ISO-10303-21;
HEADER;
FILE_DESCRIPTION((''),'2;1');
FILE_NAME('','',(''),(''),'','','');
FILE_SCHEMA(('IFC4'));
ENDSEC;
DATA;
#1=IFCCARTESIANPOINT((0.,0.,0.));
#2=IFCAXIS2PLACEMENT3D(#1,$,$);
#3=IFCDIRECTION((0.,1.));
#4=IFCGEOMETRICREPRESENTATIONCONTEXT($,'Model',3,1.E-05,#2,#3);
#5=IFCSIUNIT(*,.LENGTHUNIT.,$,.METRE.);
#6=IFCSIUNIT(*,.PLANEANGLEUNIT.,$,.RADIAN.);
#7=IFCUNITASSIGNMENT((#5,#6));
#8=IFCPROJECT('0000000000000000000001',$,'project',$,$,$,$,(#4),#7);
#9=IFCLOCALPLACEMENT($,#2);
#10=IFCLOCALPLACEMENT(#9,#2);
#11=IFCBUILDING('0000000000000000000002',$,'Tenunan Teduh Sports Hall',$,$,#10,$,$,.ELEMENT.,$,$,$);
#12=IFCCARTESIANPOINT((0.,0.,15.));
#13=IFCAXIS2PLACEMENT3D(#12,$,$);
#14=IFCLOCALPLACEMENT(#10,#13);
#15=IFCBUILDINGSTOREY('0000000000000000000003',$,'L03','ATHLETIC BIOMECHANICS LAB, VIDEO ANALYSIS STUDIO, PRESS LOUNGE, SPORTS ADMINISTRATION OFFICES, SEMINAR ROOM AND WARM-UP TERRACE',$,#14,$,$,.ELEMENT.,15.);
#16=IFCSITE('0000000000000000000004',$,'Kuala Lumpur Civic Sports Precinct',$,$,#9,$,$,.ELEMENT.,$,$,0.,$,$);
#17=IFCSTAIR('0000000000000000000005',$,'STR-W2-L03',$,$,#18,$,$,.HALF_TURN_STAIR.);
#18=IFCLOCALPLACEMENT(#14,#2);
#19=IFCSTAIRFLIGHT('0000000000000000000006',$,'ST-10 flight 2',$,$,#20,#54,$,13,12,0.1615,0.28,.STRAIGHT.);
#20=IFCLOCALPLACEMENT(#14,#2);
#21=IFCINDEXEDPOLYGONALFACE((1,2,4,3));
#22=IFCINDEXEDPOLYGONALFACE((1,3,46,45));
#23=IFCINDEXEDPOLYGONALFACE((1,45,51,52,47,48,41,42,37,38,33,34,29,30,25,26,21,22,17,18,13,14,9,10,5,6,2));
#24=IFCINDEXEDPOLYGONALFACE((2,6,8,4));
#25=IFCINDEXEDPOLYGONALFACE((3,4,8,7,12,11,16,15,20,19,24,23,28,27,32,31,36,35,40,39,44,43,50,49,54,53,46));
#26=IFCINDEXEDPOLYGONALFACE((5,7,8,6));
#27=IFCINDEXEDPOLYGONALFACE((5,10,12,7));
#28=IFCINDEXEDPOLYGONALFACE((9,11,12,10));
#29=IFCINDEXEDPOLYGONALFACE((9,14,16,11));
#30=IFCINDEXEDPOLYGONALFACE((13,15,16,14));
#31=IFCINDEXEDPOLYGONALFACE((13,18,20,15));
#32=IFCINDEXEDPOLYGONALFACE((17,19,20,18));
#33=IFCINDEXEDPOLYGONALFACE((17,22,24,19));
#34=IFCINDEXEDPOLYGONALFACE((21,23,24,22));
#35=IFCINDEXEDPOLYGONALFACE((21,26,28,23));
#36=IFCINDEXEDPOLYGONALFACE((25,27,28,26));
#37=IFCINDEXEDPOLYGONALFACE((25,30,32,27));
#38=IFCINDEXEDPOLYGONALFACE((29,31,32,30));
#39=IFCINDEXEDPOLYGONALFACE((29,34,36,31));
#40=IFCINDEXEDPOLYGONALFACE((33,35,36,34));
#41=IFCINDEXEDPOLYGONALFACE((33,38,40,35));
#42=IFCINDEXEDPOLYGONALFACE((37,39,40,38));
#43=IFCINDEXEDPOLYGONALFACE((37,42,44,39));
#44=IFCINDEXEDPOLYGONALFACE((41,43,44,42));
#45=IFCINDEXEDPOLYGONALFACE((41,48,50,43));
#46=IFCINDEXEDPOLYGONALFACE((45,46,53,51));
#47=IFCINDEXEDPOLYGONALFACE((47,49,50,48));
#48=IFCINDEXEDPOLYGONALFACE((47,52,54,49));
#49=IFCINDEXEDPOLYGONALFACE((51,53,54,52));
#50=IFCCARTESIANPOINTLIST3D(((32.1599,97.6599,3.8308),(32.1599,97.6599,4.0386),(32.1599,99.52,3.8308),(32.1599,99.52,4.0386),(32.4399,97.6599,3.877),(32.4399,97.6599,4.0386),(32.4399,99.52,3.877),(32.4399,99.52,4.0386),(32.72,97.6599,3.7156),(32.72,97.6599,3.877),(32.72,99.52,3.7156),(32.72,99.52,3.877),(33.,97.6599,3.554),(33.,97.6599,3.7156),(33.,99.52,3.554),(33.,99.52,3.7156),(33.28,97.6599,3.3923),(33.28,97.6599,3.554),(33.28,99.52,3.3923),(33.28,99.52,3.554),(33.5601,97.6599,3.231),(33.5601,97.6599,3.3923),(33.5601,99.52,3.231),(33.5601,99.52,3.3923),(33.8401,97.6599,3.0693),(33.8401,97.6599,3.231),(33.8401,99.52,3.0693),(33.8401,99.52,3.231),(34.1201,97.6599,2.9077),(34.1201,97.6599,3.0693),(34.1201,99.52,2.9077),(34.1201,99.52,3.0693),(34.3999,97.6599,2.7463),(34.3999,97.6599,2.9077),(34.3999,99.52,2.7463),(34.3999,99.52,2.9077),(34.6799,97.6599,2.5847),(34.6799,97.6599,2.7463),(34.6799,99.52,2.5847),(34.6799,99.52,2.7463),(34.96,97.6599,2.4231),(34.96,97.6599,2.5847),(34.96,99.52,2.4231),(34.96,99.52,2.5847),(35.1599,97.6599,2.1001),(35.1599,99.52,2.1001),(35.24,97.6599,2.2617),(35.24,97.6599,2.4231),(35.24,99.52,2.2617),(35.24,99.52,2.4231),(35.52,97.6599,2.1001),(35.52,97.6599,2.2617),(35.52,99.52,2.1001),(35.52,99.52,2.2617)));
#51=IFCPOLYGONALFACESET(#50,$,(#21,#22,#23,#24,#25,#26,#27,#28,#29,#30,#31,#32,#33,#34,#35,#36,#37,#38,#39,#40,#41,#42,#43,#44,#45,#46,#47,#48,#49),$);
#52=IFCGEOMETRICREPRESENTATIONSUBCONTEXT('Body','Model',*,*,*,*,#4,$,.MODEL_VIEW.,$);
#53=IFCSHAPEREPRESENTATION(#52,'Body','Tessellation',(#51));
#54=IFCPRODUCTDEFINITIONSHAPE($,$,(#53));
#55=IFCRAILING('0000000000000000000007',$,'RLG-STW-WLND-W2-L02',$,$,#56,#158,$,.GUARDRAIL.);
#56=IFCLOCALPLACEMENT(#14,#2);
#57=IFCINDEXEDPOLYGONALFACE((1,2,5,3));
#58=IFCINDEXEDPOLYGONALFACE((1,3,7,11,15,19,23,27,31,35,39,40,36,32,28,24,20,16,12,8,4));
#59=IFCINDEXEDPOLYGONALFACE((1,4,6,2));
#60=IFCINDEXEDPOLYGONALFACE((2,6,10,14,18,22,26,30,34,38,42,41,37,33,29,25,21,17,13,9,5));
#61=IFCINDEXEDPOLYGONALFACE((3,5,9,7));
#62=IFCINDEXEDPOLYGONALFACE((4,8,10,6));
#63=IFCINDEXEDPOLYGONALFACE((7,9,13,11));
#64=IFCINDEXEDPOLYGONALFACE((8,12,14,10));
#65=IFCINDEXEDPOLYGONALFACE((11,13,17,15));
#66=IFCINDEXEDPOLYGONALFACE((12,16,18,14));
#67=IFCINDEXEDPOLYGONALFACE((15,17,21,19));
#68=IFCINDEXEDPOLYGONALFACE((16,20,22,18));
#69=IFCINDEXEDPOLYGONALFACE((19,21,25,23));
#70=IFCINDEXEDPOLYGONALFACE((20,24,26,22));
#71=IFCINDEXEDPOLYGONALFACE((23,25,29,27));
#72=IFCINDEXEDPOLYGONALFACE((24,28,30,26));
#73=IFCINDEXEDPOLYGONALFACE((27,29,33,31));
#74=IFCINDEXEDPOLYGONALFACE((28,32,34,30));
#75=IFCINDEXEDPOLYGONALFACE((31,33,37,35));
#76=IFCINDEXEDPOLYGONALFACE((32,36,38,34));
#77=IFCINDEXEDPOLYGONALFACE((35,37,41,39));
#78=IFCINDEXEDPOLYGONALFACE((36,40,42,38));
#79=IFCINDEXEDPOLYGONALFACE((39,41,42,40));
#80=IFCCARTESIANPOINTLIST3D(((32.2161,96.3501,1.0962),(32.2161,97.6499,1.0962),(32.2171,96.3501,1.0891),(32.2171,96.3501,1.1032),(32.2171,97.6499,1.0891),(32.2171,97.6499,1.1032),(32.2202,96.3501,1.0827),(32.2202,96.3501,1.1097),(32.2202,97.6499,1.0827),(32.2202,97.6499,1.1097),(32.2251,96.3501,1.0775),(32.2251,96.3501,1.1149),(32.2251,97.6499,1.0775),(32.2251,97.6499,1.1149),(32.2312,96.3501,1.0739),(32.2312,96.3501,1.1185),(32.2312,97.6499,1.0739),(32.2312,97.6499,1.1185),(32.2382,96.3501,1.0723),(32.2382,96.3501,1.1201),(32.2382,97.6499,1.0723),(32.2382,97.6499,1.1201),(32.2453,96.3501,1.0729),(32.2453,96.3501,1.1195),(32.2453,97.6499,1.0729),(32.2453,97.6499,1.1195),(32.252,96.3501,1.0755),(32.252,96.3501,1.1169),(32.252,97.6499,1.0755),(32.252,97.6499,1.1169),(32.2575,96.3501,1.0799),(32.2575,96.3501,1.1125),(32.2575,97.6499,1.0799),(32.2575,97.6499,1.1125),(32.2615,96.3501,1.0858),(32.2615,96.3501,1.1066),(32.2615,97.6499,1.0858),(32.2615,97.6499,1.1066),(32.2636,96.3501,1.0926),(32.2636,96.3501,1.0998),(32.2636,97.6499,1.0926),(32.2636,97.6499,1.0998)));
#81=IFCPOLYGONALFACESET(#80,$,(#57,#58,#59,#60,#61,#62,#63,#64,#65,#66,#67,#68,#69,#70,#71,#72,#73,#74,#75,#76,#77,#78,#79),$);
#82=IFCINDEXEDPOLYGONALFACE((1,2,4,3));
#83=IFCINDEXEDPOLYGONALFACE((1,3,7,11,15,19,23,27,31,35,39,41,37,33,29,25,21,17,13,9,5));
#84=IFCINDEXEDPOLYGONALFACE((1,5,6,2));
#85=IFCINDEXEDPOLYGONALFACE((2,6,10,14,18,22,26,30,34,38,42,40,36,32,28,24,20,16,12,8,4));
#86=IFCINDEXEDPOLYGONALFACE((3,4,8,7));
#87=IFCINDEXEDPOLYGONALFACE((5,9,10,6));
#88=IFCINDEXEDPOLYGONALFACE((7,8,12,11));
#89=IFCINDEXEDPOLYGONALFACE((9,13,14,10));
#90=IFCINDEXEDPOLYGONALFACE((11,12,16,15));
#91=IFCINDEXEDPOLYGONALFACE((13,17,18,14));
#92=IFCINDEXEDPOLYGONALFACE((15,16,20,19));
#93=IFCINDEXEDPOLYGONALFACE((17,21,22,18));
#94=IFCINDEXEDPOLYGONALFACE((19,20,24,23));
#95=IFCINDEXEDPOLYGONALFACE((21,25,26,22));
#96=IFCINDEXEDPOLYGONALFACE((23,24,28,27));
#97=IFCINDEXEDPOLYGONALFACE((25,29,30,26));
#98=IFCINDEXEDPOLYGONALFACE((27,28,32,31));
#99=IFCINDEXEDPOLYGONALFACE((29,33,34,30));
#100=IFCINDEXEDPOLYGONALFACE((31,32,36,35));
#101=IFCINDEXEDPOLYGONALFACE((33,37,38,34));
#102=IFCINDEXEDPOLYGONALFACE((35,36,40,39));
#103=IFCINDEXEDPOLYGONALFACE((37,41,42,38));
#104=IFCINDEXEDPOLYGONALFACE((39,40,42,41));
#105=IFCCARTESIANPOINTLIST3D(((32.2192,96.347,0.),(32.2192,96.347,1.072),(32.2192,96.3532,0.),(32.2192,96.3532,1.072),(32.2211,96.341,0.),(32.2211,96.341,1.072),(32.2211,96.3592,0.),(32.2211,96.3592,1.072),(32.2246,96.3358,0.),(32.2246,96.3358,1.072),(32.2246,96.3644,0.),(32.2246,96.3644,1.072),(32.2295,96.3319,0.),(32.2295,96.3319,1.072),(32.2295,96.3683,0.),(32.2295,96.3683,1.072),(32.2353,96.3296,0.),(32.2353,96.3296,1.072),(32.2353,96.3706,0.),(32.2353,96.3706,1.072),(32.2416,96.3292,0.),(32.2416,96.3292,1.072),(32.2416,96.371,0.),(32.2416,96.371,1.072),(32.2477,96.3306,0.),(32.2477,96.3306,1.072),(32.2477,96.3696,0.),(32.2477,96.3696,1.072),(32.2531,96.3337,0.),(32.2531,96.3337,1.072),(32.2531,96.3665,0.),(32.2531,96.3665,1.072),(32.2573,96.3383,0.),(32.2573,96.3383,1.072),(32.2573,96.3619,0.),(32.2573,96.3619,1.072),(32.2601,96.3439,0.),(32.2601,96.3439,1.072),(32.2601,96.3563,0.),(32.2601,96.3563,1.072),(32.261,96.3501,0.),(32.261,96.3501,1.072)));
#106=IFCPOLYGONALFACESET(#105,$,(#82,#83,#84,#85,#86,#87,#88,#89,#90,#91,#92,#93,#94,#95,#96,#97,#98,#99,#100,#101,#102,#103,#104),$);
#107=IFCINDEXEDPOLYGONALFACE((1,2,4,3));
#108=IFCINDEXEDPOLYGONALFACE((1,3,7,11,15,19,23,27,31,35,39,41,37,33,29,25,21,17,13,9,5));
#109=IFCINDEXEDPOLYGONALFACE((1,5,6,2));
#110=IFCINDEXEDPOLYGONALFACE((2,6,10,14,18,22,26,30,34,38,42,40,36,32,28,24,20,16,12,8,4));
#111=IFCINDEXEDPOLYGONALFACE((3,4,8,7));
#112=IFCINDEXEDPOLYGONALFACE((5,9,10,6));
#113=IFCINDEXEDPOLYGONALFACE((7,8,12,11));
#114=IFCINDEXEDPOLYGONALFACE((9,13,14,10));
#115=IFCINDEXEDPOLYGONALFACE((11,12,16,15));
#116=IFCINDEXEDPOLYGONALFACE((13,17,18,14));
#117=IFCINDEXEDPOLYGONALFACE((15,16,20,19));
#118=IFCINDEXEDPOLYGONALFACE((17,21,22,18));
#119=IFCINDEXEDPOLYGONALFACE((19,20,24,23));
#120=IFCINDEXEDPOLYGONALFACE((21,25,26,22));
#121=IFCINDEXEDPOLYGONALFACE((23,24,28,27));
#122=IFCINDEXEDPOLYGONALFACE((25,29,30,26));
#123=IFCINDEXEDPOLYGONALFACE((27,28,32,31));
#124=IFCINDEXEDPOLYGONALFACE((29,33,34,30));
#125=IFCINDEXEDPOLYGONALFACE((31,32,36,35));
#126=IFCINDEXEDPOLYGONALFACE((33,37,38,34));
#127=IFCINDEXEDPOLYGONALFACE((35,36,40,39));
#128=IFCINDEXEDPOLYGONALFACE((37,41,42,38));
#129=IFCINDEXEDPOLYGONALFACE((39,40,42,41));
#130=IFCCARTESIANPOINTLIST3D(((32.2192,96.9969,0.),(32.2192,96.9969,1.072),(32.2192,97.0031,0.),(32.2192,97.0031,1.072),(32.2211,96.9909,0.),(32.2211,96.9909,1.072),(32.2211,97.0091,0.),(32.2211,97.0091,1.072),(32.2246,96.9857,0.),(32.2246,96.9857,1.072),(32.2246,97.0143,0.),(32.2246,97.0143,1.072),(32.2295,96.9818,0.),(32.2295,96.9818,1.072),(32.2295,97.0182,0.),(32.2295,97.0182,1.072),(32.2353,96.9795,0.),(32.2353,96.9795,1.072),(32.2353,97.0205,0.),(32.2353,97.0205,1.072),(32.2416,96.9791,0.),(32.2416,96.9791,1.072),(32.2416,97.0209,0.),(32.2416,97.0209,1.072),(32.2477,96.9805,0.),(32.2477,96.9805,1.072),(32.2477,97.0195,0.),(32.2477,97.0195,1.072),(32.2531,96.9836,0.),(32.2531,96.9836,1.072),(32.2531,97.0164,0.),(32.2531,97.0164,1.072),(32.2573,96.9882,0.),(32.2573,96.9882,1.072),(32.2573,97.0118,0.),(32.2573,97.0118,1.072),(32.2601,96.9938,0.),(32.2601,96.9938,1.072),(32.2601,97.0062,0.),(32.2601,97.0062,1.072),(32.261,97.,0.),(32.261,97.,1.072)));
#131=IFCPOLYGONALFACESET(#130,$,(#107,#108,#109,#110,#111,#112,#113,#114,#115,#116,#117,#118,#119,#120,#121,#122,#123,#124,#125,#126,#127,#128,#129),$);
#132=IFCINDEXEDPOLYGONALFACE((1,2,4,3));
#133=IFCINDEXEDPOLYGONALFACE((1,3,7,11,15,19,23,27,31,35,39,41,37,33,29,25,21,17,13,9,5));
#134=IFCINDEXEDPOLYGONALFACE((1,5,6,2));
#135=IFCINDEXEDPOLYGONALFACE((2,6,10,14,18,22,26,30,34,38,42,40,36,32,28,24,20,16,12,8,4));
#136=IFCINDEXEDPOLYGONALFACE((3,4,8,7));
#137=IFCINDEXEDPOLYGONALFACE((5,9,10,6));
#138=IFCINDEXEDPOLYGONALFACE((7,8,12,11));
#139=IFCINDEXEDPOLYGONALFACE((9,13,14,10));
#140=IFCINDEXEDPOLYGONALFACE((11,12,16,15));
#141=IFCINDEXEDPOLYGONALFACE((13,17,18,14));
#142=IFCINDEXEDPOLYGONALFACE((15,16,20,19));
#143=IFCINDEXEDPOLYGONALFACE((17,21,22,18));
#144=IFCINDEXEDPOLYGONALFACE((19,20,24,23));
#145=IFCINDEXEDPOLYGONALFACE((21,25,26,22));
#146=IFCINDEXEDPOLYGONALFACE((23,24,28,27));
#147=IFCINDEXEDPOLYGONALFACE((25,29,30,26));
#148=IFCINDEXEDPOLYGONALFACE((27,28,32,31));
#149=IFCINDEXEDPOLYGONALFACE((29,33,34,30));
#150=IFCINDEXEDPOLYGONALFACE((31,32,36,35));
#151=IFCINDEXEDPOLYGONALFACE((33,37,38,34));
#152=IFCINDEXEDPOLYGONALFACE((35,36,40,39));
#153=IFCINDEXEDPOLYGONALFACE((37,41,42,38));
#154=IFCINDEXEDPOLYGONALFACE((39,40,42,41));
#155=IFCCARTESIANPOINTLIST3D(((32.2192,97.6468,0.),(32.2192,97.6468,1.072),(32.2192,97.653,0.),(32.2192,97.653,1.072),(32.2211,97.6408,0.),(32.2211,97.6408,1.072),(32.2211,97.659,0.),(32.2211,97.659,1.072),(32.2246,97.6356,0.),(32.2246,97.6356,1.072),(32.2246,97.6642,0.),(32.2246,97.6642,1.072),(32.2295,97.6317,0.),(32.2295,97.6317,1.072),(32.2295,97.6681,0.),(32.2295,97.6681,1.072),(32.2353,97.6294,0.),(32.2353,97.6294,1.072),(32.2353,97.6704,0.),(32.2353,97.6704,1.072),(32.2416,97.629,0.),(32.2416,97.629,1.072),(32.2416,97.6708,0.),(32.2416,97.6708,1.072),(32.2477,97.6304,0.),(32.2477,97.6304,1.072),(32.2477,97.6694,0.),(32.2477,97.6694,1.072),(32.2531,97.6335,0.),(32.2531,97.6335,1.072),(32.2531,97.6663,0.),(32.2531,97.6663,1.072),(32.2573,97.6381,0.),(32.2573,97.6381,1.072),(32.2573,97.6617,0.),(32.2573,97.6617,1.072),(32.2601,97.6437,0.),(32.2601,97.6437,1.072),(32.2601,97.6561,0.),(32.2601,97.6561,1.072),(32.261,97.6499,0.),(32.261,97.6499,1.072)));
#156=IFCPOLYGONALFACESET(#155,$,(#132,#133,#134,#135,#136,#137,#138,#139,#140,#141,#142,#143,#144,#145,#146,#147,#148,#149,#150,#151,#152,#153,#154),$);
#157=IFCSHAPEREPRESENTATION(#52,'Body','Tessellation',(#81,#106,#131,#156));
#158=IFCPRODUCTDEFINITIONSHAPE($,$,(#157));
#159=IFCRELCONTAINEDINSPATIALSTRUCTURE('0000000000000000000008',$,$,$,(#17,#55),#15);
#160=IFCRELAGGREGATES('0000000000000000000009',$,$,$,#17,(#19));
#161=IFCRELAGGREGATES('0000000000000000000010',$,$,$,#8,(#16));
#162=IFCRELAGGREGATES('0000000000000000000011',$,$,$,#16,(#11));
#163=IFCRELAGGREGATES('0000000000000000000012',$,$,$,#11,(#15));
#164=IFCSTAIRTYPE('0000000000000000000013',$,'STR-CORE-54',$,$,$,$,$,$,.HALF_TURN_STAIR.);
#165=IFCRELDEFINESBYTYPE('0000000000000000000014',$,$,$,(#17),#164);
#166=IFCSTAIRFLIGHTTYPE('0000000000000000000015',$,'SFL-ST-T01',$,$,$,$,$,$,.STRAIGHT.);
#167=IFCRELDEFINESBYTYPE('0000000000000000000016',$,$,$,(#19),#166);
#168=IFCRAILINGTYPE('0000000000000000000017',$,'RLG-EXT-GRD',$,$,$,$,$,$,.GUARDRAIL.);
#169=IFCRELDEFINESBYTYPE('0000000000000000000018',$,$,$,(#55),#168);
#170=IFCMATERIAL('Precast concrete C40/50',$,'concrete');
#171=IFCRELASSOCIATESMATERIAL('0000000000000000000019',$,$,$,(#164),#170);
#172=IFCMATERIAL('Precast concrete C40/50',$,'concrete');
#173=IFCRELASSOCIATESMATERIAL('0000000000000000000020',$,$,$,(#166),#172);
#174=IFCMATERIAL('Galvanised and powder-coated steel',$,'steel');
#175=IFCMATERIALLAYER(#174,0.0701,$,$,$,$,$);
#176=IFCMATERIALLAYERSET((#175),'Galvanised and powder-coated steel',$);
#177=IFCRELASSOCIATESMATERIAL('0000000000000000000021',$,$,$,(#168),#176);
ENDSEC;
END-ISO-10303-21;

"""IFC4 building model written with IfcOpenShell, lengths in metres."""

from ifc_helpers import new_model, si_unit, direction, frame, origin, origin_2d, place, context, subcontext, project, spatial, polyline, circle, outline, extrude, material, layer, layer_set, type_object, element, aggregate, save


model = new_model("IFC4")

# Units and contexts
model_context = context("Model", 3, precision=1e-05, world=origin(), true_north=direction((0.0, 1.0)))
body_context = subcontext(model_context, "Body", "Model", "MODEL_VIEW")
ifc_project = project(units=[si_unit("LENGTHUNIT", "METRE"), si_unit("PLANEANGLEUNIT", "RADIAN")], contexts=[model_context])

# Site, building, storey
site_placement = place(None, origin())
site = spatial("IfcSite", under=ifc_project, at=site_placement, Name="Kuala Lumpur Civic Sports Precinct", CompositionType="ELEMENT", RefElevation=0.0)
building_placement = place(site_placement, origin())
building = spatial("IfcBuilding", under=site, at=building_placement, Name="Tenunan Teduh Sports Hall", CompositionType="ELEMENT")
storey_placement = place(building_placement, frame((0.0, 0.0, 15.0)))
storey = spatial("IfcBuildingStorey", under=building, at=storey_placement, Name="L03", Description="ATHLETIC BIOMECHANICS LAB, VIDEO ANALYSIS STUDIO, PRESS LOUNGE, SPORTS ADMINISTRATION OFFICES, SEMINAR ROOM AND WARM-UP TERRACE", CompositionType="ELEMENT", Elevation=15.0)

# Stair, stair flight
ifc_material_1 = material(Name="Precast concrete C40/50", Category="concrete")
stair_type = type_object("IfcStairType", Name="STR-CORE-54", PredefinedType="HALF_TURN_STAIR", material=ifc_material_1)
stair_placement = place(storey_placement, origin())
stair = element("IfcStair", 1, at=stair_placement, inside=storey, type_object=stair_type, Name="STR-W2-L03", PredefinedType="HALF_TURN_STAIR")
ifc_material_2 = material(Name="Precast concrete C40/50", Category="concrete")
stair_flight_type = type_object("IfcStairFlightType", Name="SFL-ST-T01", PredefinedType="STRAIGHT", material=ifc_material_2)
stair_flight_1_placement = place(storey_placement, frame((35.52, 98.5901, 2.1001), z_axis=(0.0, 0.0, 1.0), x_axis=(-1.0, 0.0, 0.0)))
stair_flight_1 = element("IfcStairFlight", 2, at=stair_flight_1_placement, type_object=stair_flight_type, Name="ST-10 flight 2", NumberOfRisers=13, NumberOfTreads=12, PredefinedType="STRAIGHT", RiserHeight=0.1615, TreadLength=0.28, context=body_context, shape_type="SweptSolid", body=[
    extrude(outline(polyline([(0.0, 0.0), (0.0, 0.1616), (0.28, 0.1616), (0.28, 0.323), (0.5601, 0.323), (0.5601, 0.4846), (0.8401, 0.4846), (0.8401, 0.6462), (1.1201, 0.6462), (1.1201, 0.8076), (1.3999, 0.8076), (1.3999, 0.9692), (1.6799, 0.9692), (1.6799, 1.1309), (1.96, 1.1309), (1.96, 1.2922), (2.24, 1.2922), (2.24, 1.4539), (2.52, 1.4539), (2.52, 1.6155), (2.8, 1.6155), (2.8, 1.7769), (3.0801, 1.7769), (3.0801, 1.9385), (3.3601, 1.9385), (3.3601, 2.1001), (3.3601, 1.7307), (0.3601, 0.0), (0.0, 0.0)])), frame((0.0, 0.9302, 0.0), z_axis=(0.0, -1.0, 0.0), x_axis=(1.0, 0.0, 0.0)), (0.0, 0.0, 1.0), 1.8601),
])

# Railing
ifc_material_3 = material(Name="Galvanised and powder-coated steel", Category="steel")
ifc_layer_1 = layer(ifc_material_3, 0.0701)
ifc_layer_set_1 = layer_set([ifc_layer_1], Name="Galvanised and powder-coated steel")
railing_type_1 = type_object("IfcRailingType", Name="RLG-EXT-GRD", PredefinedType="GUARDRAIL", material=ifc_layer_set_1)
railing_1_placement = place(storey_placement, frame((32.24, 96.3501, 0.0)))
element("IfcRailing", 3, at=railing_1_placement, inside=storey, type_object=railing_type_1, Name="RLG-STW-WLND-W2-L02", PredefinedType="GUARDRAIL", context=body_context, shape_type="SweptSolid", body=[
    extrude(circle(Radius=0.0239, at=origin_2d()), frame((0.0, 0.0, 1.0962), z_axis=(0.0, 1.0, 0.0), x_axis=(-1.0, 0.0, 0.0)), (0.0, 0.0, 1.0), 1.2998),
    extrude(circle(Radius=0.021, at=origin_2d()), origin(), (0.0, 0.0, 1.0), 1.072),
    extrude(circle(Radius=0.021, at=origin_2d()), frame((0.0, 0.6499, 0.0)), (0.0, 0.0, 1.0), 1.072),
    extrude(circle(Radius=0.021, at=origin_2d()), frame((0.0, 1.2998, 0.0)), (0.0, 0.0, 1.0), 1.072),
])

aggregate(stair, [stair_flight_1])

save(model, "model.ifc")
